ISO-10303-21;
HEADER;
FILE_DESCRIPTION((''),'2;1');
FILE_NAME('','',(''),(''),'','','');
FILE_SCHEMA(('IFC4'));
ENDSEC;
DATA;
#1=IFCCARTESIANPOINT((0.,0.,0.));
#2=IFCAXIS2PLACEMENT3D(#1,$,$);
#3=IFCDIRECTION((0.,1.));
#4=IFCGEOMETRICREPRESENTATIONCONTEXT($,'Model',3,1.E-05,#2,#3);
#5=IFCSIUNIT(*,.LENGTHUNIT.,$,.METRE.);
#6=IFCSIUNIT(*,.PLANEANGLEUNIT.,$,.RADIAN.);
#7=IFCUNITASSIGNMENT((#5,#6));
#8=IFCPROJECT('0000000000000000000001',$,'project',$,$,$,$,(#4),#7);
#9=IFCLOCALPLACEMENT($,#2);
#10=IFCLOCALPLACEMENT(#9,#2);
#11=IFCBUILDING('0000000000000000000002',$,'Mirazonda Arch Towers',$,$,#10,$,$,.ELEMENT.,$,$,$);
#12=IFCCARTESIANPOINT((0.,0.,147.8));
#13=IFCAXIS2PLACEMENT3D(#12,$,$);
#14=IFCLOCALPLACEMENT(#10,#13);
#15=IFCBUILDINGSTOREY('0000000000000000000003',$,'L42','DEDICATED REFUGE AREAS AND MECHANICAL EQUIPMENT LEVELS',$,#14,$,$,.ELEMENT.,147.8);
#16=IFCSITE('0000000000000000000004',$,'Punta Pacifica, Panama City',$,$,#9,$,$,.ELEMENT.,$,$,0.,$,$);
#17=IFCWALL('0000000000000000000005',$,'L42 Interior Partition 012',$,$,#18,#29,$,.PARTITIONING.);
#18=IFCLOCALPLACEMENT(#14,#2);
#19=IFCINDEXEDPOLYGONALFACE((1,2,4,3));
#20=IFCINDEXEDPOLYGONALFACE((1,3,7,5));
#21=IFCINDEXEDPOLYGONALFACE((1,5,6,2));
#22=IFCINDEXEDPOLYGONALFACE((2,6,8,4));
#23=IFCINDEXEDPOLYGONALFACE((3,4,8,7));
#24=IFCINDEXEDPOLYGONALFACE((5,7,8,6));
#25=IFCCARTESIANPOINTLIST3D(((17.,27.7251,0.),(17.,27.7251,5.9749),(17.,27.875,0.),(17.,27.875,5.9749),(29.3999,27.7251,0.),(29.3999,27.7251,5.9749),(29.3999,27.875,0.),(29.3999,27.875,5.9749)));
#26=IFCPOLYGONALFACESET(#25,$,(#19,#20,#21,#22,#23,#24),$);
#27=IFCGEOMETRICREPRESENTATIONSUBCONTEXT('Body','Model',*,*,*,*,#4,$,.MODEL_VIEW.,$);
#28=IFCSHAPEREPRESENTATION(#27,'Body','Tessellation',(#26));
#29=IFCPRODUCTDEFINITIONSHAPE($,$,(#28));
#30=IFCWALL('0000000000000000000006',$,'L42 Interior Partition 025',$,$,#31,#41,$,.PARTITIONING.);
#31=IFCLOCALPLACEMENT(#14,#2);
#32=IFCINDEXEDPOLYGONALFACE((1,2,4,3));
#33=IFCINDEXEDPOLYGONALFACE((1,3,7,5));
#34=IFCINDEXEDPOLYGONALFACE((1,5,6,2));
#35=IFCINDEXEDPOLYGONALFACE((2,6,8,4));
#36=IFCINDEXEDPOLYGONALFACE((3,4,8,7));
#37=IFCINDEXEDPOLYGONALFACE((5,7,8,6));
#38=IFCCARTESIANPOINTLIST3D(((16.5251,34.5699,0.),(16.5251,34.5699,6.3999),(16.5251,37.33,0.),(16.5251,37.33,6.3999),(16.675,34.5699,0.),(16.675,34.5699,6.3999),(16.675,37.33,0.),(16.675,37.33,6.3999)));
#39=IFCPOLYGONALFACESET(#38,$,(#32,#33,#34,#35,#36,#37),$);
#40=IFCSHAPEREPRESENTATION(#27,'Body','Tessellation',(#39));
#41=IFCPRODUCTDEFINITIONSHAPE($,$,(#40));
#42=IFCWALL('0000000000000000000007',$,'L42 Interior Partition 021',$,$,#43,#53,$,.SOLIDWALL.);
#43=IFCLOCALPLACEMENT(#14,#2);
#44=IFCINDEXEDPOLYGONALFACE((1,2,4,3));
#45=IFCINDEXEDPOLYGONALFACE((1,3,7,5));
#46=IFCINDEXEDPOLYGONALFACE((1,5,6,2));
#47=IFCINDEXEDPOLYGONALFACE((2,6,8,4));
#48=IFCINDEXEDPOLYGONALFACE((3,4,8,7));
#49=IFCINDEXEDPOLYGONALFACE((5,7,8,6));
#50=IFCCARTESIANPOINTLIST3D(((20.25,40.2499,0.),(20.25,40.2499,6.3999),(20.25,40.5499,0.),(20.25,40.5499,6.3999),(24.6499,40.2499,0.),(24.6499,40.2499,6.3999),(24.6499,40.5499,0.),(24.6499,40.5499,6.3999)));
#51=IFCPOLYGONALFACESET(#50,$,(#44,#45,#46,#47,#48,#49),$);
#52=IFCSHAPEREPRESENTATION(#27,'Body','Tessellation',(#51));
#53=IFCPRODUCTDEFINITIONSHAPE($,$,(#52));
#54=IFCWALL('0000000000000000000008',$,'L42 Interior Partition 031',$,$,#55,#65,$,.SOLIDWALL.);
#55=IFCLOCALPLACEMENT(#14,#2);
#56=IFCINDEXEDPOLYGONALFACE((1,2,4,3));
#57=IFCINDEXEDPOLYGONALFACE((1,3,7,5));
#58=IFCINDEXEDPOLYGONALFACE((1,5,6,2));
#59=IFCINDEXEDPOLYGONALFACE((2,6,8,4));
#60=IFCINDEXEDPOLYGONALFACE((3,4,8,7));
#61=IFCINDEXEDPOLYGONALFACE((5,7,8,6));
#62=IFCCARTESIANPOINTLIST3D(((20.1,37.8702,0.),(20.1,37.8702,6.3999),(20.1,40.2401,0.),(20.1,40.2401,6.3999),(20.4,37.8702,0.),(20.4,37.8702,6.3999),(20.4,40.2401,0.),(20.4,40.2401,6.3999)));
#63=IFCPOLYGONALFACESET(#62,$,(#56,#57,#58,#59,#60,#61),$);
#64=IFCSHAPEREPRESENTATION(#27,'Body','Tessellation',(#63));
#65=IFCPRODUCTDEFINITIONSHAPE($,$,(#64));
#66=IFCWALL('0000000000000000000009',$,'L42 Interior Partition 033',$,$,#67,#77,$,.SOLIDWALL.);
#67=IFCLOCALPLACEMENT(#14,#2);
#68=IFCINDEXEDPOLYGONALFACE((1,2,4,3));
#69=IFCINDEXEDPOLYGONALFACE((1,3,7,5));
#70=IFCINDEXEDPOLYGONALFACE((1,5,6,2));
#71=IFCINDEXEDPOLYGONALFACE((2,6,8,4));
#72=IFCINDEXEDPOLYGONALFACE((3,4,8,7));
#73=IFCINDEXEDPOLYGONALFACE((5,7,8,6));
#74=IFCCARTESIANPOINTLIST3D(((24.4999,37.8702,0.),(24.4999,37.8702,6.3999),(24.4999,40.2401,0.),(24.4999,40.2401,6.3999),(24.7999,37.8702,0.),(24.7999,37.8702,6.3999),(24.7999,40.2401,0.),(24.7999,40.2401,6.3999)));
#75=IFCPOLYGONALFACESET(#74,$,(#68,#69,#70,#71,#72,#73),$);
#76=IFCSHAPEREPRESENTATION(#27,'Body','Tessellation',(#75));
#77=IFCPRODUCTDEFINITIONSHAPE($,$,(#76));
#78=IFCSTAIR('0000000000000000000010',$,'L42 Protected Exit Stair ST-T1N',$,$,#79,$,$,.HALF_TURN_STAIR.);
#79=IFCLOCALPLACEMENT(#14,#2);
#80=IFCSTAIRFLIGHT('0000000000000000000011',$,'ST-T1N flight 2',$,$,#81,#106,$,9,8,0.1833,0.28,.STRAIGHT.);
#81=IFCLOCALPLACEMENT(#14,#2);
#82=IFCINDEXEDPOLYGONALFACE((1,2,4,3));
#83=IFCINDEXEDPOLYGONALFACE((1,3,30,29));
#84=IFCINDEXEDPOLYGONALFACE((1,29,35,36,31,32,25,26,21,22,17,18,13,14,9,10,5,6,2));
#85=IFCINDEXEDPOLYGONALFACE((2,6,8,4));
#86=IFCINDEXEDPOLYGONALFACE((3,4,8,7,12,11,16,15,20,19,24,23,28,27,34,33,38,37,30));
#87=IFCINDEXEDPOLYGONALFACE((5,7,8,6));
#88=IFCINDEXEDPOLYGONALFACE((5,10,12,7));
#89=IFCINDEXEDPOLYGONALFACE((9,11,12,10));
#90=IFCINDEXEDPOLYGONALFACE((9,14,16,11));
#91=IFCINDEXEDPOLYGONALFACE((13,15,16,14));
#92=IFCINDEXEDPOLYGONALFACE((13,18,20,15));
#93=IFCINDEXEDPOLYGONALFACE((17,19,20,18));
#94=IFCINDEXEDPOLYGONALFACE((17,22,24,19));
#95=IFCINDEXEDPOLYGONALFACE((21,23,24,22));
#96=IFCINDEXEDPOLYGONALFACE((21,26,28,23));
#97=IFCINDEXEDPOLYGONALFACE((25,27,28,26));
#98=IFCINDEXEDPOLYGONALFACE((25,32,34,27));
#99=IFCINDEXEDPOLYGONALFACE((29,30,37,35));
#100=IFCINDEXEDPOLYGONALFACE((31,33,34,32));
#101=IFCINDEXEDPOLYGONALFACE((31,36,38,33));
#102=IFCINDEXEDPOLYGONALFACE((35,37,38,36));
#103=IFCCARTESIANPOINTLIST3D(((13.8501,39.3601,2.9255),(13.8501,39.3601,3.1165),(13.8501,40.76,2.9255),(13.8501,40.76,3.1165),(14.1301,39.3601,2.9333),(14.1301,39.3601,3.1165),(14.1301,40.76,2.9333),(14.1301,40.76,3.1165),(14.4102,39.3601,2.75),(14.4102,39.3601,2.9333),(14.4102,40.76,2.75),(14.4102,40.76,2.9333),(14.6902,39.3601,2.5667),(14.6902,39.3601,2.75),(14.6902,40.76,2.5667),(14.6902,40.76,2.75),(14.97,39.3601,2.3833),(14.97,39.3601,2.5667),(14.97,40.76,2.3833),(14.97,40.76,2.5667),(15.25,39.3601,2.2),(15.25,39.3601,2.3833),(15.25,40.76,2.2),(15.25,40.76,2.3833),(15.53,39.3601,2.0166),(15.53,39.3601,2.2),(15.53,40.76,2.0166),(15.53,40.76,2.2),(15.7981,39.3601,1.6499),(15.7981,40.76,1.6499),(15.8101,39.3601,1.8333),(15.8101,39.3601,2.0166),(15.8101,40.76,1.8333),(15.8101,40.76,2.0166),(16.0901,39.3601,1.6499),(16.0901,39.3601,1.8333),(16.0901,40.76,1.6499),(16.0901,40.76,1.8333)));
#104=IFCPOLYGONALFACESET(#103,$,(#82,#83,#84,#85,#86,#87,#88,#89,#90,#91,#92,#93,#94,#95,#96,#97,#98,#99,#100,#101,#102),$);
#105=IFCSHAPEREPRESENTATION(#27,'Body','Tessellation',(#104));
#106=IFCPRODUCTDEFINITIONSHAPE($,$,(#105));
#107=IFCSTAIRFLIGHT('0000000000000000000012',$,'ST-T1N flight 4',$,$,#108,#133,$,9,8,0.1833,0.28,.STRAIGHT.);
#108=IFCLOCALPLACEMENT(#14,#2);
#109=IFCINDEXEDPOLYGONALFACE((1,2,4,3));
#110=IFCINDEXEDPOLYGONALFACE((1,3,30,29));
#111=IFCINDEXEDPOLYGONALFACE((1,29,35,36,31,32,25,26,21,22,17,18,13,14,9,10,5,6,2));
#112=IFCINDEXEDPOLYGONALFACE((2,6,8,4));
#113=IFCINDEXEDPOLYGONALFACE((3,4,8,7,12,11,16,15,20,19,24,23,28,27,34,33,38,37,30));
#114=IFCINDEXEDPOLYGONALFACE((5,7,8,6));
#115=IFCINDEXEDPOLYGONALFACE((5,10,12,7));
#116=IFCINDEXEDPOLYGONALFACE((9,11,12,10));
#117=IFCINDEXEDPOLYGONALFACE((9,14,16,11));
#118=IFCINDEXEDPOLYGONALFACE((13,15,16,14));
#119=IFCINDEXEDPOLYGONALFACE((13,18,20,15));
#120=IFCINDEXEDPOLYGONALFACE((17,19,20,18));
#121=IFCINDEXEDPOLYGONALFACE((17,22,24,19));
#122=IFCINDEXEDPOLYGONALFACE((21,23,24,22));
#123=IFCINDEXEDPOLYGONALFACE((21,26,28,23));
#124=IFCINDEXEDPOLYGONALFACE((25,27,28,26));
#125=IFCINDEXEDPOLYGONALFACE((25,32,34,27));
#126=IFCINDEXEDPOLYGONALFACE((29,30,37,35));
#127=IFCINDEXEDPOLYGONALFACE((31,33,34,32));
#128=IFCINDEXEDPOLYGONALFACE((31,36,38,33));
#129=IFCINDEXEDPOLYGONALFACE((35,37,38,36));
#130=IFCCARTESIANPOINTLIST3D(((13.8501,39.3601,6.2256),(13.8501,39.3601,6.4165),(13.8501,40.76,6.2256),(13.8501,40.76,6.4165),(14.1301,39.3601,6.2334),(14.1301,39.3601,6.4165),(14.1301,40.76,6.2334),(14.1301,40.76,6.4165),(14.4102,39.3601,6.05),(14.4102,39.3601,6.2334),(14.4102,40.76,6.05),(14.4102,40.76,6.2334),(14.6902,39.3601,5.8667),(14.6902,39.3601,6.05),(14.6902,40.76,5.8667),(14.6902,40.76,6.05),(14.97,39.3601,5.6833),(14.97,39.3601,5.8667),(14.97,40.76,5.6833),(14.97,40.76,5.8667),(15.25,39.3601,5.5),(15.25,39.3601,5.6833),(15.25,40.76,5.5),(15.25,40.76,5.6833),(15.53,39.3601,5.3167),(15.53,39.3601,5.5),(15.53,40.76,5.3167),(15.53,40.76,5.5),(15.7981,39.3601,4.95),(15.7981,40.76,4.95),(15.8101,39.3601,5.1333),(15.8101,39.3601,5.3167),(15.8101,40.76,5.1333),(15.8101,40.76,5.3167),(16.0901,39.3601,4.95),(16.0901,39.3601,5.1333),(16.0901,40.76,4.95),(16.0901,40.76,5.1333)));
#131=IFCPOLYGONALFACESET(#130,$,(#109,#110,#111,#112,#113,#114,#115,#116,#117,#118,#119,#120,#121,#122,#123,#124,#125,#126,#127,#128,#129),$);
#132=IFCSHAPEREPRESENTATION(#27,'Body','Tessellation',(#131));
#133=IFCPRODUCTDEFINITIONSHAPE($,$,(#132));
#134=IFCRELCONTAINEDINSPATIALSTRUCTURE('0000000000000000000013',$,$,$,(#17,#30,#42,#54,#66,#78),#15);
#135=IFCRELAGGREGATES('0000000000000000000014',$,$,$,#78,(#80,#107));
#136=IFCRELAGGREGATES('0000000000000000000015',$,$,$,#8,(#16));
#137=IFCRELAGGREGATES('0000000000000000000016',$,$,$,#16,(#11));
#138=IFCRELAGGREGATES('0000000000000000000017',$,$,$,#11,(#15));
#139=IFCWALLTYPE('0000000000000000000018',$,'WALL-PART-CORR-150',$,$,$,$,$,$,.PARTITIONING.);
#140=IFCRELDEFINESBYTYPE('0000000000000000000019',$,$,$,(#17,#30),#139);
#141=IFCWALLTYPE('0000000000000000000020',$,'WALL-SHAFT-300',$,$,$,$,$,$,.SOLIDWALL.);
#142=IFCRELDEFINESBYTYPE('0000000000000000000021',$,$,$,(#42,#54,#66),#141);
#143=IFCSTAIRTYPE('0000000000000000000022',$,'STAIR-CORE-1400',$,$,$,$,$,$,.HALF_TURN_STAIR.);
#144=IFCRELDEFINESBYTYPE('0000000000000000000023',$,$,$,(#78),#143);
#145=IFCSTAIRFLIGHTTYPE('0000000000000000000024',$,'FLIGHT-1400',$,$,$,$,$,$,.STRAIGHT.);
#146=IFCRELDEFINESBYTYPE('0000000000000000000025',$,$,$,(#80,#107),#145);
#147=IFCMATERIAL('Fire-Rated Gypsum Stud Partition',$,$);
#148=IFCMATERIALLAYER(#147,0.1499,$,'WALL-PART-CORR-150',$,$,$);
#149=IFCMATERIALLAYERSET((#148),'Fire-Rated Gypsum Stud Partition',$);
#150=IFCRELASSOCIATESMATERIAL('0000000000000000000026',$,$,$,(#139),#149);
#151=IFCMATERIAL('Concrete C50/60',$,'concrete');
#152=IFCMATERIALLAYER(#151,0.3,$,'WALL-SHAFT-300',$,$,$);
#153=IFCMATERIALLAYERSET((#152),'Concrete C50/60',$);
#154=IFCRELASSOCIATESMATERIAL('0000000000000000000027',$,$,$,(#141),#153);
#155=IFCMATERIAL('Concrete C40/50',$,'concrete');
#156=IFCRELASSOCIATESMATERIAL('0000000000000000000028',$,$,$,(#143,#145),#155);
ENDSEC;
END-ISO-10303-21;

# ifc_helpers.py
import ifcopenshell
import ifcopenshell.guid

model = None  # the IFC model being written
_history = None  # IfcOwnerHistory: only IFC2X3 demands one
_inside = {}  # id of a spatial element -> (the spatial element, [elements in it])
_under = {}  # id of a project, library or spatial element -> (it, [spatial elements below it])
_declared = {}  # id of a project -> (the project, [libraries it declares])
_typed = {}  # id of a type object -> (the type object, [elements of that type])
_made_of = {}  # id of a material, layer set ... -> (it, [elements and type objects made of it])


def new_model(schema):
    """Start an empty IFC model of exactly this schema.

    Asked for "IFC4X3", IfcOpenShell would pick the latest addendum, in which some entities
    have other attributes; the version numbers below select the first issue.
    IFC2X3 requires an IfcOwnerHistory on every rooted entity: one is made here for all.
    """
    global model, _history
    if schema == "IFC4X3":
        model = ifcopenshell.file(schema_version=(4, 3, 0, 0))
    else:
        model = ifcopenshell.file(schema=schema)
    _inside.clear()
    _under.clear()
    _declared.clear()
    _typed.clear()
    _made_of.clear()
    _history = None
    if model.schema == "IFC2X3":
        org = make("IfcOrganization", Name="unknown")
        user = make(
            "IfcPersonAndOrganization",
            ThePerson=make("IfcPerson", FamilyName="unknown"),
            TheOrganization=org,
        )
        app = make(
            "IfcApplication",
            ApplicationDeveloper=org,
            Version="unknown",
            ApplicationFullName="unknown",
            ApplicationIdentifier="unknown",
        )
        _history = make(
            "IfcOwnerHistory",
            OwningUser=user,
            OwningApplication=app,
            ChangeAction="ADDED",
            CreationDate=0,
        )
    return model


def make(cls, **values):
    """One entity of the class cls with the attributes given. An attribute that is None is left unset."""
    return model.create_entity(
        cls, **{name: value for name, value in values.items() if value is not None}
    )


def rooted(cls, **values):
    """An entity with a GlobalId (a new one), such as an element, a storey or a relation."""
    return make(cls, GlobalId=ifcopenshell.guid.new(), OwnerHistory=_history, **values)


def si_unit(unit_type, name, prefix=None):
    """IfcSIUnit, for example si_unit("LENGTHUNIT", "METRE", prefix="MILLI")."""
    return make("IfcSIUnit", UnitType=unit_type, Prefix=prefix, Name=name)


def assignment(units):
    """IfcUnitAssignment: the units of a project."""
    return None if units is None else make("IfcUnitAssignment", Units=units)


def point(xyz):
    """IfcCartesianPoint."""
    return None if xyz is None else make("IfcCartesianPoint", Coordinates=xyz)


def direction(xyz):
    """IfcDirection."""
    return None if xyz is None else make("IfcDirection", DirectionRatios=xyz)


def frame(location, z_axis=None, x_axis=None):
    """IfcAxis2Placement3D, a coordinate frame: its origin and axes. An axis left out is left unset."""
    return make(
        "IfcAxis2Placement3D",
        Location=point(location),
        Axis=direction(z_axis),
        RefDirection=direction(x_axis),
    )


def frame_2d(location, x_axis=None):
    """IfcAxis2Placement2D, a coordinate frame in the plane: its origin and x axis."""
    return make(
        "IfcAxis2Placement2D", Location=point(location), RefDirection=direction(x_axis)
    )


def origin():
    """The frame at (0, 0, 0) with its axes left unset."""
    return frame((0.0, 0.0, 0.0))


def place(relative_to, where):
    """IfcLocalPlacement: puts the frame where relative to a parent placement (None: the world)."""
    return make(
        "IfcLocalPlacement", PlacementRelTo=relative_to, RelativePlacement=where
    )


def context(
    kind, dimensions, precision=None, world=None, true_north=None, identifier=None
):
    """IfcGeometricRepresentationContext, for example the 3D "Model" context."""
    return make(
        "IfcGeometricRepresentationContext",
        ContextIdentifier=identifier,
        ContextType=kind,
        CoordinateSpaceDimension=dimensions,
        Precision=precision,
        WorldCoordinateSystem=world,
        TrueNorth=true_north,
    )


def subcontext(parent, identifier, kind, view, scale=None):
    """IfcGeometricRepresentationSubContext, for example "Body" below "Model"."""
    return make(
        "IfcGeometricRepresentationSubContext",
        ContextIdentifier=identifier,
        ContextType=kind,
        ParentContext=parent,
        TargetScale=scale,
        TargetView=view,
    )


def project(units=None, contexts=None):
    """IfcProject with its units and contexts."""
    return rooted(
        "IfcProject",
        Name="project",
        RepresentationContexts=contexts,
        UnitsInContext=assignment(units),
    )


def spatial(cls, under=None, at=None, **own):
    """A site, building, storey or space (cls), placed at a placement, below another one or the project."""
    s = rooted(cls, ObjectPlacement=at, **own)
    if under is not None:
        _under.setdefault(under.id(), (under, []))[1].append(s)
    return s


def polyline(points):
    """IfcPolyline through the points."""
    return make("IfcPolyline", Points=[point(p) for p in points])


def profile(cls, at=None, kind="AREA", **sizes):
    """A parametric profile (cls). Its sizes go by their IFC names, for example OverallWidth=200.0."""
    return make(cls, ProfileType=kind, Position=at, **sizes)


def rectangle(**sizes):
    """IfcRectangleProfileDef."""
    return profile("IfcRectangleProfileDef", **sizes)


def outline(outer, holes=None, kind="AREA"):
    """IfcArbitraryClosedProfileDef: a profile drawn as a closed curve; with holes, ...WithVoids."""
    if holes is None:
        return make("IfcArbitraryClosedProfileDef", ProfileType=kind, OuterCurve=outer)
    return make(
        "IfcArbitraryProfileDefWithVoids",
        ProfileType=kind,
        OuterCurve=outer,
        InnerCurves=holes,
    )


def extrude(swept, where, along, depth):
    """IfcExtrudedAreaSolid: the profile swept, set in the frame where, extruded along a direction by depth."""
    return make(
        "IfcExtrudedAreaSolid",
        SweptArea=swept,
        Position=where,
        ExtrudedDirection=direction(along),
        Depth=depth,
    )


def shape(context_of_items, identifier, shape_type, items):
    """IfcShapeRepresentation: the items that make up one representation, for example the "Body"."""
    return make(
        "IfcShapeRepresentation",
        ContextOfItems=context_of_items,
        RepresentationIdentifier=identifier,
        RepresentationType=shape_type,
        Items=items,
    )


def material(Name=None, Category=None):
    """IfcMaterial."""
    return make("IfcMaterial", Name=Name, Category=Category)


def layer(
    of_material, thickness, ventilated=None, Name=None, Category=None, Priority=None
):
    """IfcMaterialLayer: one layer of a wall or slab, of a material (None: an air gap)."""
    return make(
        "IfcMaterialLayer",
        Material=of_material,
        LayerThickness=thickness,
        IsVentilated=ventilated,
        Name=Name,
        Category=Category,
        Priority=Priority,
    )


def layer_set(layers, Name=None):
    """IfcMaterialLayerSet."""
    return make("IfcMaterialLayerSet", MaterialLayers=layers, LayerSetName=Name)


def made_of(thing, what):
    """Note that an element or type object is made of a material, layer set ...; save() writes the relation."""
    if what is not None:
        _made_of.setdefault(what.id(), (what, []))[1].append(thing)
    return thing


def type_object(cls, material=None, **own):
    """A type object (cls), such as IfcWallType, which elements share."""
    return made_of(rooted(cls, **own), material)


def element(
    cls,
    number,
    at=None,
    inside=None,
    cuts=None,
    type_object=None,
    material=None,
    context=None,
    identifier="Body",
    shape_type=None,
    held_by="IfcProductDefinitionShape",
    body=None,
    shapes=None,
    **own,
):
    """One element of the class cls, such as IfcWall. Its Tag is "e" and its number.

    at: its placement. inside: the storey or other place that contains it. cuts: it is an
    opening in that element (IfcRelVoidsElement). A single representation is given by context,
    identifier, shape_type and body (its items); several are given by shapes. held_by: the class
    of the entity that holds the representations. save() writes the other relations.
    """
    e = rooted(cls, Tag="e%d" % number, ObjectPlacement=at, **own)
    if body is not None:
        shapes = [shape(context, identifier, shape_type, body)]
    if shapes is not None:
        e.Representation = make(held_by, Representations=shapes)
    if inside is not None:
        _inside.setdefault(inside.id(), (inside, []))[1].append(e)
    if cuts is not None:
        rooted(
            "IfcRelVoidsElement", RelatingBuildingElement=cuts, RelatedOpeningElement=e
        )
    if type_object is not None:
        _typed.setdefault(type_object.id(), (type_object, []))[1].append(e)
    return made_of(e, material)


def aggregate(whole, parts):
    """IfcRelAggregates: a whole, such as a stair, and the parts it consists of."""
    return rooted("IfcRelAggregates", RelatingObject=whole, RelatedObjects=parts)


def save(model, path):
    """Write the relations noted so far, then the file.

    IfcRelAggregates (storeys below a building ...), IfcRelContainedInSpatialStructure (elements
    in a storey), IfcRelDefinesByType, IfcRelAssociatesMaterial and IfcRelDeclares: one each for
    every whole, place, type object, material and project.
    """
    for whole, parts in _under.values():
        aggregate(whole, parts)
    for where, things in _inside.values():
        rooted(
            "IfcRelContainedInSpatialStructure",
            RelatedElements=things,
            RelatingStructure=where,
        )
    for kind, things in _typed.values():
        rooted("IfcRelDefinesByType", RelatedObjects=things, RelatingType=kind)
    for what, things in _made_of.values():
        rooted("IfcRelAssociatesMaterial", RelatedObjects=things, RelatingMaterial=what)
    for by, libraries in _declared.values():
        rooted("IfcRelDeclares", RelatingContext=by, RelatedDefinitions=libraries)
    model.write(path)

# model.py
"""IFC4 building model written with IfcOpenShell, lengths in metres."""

from ifc_helpers import new_model, si_unit, direction, frame, frame_2d, origin, place, context, subcontext, project, spatial, polyline, rectangle, outline, extrude, material, layer, layer_set, type_object, element, aggregate, save


model = new_model("IFC4")

# Units and contexts
model_context = context("Model", 3, precision=1e-05, world=origin(), true_north=direction((0.0, 1.0)))
body_context = subcontext(model_context, "Body", "Model", "MODEL_VIEW")
ifc_project = project(units=[si_unit("LENGTHUNIT", "METRE"), si_unit("PLANEANGLEUNIT", "RADIAN")], contexts=[model_context])

# Site, building, storey
site_placement = place(None, origin())
site = spatial("IfcSite", under=ifc_project, at=site_placement, Name="Punta Pacifica, Panama City", CompositionType="ELEMENT", RefElevation=0.0)
building_placement = place(site_placement, origin())
building = spatial("IfcBuilding", under=site, at=building_placement, Name="Mirazonda Arch Towers", CompositionType="ELEMENT")
storey_placement = place(building_placement, frame((0.0, 0.0, 147.8)))
storey = spatial("IfcBuildingStorey", under=building, at=storey_placement, Name="L42", Description="DEDICATED REFUGE AREAS AND MECHANICAL EQUIPMENT LEVELS", CompositionType="ELEMENT", Elevation=147.8)

# Shared definitions
ifc_material_1 = material(Name="Concrete C50/60", Category="concrete")

# Shared definitions
ifc_material_2 = material(Name="Concrete C40/50", Category="concrete")

# Walls
ifc_material_3 = material(Name="Fire-Rated Gypsum Stud Partition")
ifc_layer_1 = layer(ifc_material_3, 0.1499, Name="WALL-PART-CORR-150")
ifc_layer_set_1 = layer_set([ifc_layer_1], Name="Fire-Rated Gypsum Stud Partition")
wall_type_1 = type_object("IfcWallType", Name="WALL-PART-CORR-150", PredefinedType="PARTITIONING", material=ifc_layer_set_1)
wall_1_placement = place(storey_placement, frame((17.0, 27.8, 0.0), z_axis=(0.0, 0.0, 1.0), x_axis=(1.0, 0.0, 0.0)))
element("IfcWall", 1, at=wall_1_placement, inside=storey, type_object=wall_type_1, Name="L42 Interior Partition 012", PredefinedType="PARTITIONING", context=body_context, shape_type="SweptSolid", body=[
    extrude(rectangle(XDim=12.3999, YDim=0.1499, at=frame_2d((6.2, 0.0))), origin(), (0.0, 0.0, 1.0), 5.9749),
])
wall_2_placement = place(storey_placement, frame((16.6001, 34.5701, 0.0), z_axis=(0.0, 0.0, 1.0), x_axis=(0.0, 1.0, 0.0)))
element("IfcWall", 2, at=wall_2_placement, inside=storey, type_object=wall_type_1, Name="L42 Interior Partition 025", PredefinedType="PARTITIONING", context=body_context, shape_type="SweptSolid", body=[
    extrude(rectangle(XDim=2.76, YDim=0.1499, at=frame_2d((1.3799, 0.0))), origin(), (0.0, 0.0, 1.0), 6.3999),
])
ifc_layer_2 = layer(ifc_material_1, 0.3, Name="WALL-SHAFT-300")
ifc_layer_set_2 = layer_set([ifc_layer_2], Name="Concrete C50/60")
wall_type_2 = type_object("IfcWallType", Name="WALL-SHAFT-300", PredefinedType="SOLIDWALL", material=ifc_layer_set_2)
wall_3_placement = place(storey_placement, frame((20.25, 40.3999, 0.0), z_axis=(0.0, 0.0, 1.0), x_axis=(1.0, 0.0, 0.0)))
element("IfcWall", 3, at=wall_3_placement, inside=storey, type_object=wall_type_2, Name="L42 Interior Partition 021", PredefinedType="SOLIDWALL", context=body_context, shape_type="SweptSolid", body=[
    extrude(rectangle(XDim=4.3999, YDim=0.3, at=frame_2d((2.2, 0.0))), origin(), (0.0, 0.0, 1.0), 6.3999),
])
for number, where, z_axis, x_axis, name in (
    (4, (20.25, 37.8701, 0.0), (0.0, 0.0, 1.0), (0.0, 1.0, 0.0), "L42 Interior Partition 031"),
    (5, (24.6499, 37.8701, 0.0), (0.0, 0.0, 1.0), (0.0, 1.0, 0.0), "L42 Interior Partition 033"),
):
    element("IfcWall", number, at=place(storey_placement, frame(where, z_axis=z_axis, x_axis=x_axis)), inside=storey, type_object=wall_type_2, Name=name, PredefinedType="SOLIDWALL", context=body_context, shape_type="SweptSolid", body=[
        extrude(rectangle(XDim=2.3699, YDim=0.3, at=frame_2d((1.1851, 0.0))), origin(), (0.0, 0.0, 1.0), 6.3999),
    ])

# Stair, stair flights
stair_type = type_object("IfcStairType", Name="STAIR-CORE-1400", PredefinedType="HALF_TURN_STAIR", material=ifc_material_2)
stair_placement = place(storey_placement, origin())
stair = element("IfcStair", 6, at=stair_placement, inside=storey, type_object=stair_type, Name="L42 Protected Exit Stair ST-T1N", PredefinedType="HALF_TURN_STAIR")
stair_flight_type = type_object("IfcStairFlightType", Name="FLIGHT-1400", PredefinedType="STRAIGHT", material=ifc_material_2)
stair_flight_1_placement = place(storey_placement, frame((16.0901, 40.0601, 1.6499), z_axis=(0.0, 0.0, 1.0), x_axis=(-1.0, 0.0, 0.0)))
stair_flight_1 = element("IfcStairFlight", 7, at=stair_flight_1_placement, type_object=stair_flight_type, Name="ST-T1N flight 2", NumberOfRisers=9, NumberOfTreads=8, PredefinedType="STRAIGHT", RiserHeight=0.1833, TreadLength=0.28, context=body_context, shape_type="SweptSolid", body=[
    extrude(outline(polyline([(0.0, 0.0), (0.0, 0.1833), (0.28, 0.1833), (0.28, 0.3667), (0.5601, 0.3667), (0.5601, 0.55), (0.8401, 0.55), (0.8401, 0.7334), (1.1201, 0.7334), (1.1201, 0.9167), (1.3999, 0.9167), (1.3999, 1.1001), (1.6799, 1.1001), (1.6799, 1.2834), (1.96, 1.2834), (1.96, 1.4666), (2.24, 1.4666), (2.24, 1.6499), (2.24, 1.2756), (0.292, 0.0), (0.0, 0.0)])), frame((0.0, 0.7, 0.0), z_axis=(0.0, -1.0, 0.0), x_axis=(1.0, 0.0, 0.0)), (0.0, 0.0, 1.0), 1.3999),
])
stair_flight_2_placement = place(storey_placement, frame((16.0901, 40.0601, 4.95), z_axis=(0.0, 0.0, 1.0), x_axis=(-1.0, 0.0, 0.0)))
stair_flight_2 = element("IfcStairFlight", 8, at=stair_flight_2_placement, type_object=stair_flight_type, Name="ST-T1N flight 4", NumberOfRisers=9, NumberOfTreads=8, PredefinedType="STRAIGHT", RiserHeight=0.1833, TreadLength=0.28, context=body_context, shape_type="SweptSolid", body=[
    extrude(outline(polyline([(0.0, 0.0), (0.0, 0.1833), (0.28, 0.1833), (0.28, 0.3667), (0.5601, 0.3667), (0.5601, 0.55), (0.8401, 0.55), (0.8401, 0.7334), (1.1201, 0.7334), (1.1201, 0.9167), (1.3999, 0.9167), (1.3999, 1.1001), (1.6799, 1.1001), (1.6799, 1.2834), (1.96, 1.2834), (1.96, 1.4666), (2.24, 1.4666), (2.24, 1.6499), (2.24, 1.2756), (0.292, 0.0), (0.0, 0.0)])), frame((0.0, 0.7, 0.0), z_axis=(0.0, -1.0, 0.0), x_axis=(1.0, 0.0, 0.0)), (0.0, 0.0, 1.0), 1.3999),
])
aggregate(stair, [stair_flight_1, stair_flight_2])

save(model, "model.ifc")
